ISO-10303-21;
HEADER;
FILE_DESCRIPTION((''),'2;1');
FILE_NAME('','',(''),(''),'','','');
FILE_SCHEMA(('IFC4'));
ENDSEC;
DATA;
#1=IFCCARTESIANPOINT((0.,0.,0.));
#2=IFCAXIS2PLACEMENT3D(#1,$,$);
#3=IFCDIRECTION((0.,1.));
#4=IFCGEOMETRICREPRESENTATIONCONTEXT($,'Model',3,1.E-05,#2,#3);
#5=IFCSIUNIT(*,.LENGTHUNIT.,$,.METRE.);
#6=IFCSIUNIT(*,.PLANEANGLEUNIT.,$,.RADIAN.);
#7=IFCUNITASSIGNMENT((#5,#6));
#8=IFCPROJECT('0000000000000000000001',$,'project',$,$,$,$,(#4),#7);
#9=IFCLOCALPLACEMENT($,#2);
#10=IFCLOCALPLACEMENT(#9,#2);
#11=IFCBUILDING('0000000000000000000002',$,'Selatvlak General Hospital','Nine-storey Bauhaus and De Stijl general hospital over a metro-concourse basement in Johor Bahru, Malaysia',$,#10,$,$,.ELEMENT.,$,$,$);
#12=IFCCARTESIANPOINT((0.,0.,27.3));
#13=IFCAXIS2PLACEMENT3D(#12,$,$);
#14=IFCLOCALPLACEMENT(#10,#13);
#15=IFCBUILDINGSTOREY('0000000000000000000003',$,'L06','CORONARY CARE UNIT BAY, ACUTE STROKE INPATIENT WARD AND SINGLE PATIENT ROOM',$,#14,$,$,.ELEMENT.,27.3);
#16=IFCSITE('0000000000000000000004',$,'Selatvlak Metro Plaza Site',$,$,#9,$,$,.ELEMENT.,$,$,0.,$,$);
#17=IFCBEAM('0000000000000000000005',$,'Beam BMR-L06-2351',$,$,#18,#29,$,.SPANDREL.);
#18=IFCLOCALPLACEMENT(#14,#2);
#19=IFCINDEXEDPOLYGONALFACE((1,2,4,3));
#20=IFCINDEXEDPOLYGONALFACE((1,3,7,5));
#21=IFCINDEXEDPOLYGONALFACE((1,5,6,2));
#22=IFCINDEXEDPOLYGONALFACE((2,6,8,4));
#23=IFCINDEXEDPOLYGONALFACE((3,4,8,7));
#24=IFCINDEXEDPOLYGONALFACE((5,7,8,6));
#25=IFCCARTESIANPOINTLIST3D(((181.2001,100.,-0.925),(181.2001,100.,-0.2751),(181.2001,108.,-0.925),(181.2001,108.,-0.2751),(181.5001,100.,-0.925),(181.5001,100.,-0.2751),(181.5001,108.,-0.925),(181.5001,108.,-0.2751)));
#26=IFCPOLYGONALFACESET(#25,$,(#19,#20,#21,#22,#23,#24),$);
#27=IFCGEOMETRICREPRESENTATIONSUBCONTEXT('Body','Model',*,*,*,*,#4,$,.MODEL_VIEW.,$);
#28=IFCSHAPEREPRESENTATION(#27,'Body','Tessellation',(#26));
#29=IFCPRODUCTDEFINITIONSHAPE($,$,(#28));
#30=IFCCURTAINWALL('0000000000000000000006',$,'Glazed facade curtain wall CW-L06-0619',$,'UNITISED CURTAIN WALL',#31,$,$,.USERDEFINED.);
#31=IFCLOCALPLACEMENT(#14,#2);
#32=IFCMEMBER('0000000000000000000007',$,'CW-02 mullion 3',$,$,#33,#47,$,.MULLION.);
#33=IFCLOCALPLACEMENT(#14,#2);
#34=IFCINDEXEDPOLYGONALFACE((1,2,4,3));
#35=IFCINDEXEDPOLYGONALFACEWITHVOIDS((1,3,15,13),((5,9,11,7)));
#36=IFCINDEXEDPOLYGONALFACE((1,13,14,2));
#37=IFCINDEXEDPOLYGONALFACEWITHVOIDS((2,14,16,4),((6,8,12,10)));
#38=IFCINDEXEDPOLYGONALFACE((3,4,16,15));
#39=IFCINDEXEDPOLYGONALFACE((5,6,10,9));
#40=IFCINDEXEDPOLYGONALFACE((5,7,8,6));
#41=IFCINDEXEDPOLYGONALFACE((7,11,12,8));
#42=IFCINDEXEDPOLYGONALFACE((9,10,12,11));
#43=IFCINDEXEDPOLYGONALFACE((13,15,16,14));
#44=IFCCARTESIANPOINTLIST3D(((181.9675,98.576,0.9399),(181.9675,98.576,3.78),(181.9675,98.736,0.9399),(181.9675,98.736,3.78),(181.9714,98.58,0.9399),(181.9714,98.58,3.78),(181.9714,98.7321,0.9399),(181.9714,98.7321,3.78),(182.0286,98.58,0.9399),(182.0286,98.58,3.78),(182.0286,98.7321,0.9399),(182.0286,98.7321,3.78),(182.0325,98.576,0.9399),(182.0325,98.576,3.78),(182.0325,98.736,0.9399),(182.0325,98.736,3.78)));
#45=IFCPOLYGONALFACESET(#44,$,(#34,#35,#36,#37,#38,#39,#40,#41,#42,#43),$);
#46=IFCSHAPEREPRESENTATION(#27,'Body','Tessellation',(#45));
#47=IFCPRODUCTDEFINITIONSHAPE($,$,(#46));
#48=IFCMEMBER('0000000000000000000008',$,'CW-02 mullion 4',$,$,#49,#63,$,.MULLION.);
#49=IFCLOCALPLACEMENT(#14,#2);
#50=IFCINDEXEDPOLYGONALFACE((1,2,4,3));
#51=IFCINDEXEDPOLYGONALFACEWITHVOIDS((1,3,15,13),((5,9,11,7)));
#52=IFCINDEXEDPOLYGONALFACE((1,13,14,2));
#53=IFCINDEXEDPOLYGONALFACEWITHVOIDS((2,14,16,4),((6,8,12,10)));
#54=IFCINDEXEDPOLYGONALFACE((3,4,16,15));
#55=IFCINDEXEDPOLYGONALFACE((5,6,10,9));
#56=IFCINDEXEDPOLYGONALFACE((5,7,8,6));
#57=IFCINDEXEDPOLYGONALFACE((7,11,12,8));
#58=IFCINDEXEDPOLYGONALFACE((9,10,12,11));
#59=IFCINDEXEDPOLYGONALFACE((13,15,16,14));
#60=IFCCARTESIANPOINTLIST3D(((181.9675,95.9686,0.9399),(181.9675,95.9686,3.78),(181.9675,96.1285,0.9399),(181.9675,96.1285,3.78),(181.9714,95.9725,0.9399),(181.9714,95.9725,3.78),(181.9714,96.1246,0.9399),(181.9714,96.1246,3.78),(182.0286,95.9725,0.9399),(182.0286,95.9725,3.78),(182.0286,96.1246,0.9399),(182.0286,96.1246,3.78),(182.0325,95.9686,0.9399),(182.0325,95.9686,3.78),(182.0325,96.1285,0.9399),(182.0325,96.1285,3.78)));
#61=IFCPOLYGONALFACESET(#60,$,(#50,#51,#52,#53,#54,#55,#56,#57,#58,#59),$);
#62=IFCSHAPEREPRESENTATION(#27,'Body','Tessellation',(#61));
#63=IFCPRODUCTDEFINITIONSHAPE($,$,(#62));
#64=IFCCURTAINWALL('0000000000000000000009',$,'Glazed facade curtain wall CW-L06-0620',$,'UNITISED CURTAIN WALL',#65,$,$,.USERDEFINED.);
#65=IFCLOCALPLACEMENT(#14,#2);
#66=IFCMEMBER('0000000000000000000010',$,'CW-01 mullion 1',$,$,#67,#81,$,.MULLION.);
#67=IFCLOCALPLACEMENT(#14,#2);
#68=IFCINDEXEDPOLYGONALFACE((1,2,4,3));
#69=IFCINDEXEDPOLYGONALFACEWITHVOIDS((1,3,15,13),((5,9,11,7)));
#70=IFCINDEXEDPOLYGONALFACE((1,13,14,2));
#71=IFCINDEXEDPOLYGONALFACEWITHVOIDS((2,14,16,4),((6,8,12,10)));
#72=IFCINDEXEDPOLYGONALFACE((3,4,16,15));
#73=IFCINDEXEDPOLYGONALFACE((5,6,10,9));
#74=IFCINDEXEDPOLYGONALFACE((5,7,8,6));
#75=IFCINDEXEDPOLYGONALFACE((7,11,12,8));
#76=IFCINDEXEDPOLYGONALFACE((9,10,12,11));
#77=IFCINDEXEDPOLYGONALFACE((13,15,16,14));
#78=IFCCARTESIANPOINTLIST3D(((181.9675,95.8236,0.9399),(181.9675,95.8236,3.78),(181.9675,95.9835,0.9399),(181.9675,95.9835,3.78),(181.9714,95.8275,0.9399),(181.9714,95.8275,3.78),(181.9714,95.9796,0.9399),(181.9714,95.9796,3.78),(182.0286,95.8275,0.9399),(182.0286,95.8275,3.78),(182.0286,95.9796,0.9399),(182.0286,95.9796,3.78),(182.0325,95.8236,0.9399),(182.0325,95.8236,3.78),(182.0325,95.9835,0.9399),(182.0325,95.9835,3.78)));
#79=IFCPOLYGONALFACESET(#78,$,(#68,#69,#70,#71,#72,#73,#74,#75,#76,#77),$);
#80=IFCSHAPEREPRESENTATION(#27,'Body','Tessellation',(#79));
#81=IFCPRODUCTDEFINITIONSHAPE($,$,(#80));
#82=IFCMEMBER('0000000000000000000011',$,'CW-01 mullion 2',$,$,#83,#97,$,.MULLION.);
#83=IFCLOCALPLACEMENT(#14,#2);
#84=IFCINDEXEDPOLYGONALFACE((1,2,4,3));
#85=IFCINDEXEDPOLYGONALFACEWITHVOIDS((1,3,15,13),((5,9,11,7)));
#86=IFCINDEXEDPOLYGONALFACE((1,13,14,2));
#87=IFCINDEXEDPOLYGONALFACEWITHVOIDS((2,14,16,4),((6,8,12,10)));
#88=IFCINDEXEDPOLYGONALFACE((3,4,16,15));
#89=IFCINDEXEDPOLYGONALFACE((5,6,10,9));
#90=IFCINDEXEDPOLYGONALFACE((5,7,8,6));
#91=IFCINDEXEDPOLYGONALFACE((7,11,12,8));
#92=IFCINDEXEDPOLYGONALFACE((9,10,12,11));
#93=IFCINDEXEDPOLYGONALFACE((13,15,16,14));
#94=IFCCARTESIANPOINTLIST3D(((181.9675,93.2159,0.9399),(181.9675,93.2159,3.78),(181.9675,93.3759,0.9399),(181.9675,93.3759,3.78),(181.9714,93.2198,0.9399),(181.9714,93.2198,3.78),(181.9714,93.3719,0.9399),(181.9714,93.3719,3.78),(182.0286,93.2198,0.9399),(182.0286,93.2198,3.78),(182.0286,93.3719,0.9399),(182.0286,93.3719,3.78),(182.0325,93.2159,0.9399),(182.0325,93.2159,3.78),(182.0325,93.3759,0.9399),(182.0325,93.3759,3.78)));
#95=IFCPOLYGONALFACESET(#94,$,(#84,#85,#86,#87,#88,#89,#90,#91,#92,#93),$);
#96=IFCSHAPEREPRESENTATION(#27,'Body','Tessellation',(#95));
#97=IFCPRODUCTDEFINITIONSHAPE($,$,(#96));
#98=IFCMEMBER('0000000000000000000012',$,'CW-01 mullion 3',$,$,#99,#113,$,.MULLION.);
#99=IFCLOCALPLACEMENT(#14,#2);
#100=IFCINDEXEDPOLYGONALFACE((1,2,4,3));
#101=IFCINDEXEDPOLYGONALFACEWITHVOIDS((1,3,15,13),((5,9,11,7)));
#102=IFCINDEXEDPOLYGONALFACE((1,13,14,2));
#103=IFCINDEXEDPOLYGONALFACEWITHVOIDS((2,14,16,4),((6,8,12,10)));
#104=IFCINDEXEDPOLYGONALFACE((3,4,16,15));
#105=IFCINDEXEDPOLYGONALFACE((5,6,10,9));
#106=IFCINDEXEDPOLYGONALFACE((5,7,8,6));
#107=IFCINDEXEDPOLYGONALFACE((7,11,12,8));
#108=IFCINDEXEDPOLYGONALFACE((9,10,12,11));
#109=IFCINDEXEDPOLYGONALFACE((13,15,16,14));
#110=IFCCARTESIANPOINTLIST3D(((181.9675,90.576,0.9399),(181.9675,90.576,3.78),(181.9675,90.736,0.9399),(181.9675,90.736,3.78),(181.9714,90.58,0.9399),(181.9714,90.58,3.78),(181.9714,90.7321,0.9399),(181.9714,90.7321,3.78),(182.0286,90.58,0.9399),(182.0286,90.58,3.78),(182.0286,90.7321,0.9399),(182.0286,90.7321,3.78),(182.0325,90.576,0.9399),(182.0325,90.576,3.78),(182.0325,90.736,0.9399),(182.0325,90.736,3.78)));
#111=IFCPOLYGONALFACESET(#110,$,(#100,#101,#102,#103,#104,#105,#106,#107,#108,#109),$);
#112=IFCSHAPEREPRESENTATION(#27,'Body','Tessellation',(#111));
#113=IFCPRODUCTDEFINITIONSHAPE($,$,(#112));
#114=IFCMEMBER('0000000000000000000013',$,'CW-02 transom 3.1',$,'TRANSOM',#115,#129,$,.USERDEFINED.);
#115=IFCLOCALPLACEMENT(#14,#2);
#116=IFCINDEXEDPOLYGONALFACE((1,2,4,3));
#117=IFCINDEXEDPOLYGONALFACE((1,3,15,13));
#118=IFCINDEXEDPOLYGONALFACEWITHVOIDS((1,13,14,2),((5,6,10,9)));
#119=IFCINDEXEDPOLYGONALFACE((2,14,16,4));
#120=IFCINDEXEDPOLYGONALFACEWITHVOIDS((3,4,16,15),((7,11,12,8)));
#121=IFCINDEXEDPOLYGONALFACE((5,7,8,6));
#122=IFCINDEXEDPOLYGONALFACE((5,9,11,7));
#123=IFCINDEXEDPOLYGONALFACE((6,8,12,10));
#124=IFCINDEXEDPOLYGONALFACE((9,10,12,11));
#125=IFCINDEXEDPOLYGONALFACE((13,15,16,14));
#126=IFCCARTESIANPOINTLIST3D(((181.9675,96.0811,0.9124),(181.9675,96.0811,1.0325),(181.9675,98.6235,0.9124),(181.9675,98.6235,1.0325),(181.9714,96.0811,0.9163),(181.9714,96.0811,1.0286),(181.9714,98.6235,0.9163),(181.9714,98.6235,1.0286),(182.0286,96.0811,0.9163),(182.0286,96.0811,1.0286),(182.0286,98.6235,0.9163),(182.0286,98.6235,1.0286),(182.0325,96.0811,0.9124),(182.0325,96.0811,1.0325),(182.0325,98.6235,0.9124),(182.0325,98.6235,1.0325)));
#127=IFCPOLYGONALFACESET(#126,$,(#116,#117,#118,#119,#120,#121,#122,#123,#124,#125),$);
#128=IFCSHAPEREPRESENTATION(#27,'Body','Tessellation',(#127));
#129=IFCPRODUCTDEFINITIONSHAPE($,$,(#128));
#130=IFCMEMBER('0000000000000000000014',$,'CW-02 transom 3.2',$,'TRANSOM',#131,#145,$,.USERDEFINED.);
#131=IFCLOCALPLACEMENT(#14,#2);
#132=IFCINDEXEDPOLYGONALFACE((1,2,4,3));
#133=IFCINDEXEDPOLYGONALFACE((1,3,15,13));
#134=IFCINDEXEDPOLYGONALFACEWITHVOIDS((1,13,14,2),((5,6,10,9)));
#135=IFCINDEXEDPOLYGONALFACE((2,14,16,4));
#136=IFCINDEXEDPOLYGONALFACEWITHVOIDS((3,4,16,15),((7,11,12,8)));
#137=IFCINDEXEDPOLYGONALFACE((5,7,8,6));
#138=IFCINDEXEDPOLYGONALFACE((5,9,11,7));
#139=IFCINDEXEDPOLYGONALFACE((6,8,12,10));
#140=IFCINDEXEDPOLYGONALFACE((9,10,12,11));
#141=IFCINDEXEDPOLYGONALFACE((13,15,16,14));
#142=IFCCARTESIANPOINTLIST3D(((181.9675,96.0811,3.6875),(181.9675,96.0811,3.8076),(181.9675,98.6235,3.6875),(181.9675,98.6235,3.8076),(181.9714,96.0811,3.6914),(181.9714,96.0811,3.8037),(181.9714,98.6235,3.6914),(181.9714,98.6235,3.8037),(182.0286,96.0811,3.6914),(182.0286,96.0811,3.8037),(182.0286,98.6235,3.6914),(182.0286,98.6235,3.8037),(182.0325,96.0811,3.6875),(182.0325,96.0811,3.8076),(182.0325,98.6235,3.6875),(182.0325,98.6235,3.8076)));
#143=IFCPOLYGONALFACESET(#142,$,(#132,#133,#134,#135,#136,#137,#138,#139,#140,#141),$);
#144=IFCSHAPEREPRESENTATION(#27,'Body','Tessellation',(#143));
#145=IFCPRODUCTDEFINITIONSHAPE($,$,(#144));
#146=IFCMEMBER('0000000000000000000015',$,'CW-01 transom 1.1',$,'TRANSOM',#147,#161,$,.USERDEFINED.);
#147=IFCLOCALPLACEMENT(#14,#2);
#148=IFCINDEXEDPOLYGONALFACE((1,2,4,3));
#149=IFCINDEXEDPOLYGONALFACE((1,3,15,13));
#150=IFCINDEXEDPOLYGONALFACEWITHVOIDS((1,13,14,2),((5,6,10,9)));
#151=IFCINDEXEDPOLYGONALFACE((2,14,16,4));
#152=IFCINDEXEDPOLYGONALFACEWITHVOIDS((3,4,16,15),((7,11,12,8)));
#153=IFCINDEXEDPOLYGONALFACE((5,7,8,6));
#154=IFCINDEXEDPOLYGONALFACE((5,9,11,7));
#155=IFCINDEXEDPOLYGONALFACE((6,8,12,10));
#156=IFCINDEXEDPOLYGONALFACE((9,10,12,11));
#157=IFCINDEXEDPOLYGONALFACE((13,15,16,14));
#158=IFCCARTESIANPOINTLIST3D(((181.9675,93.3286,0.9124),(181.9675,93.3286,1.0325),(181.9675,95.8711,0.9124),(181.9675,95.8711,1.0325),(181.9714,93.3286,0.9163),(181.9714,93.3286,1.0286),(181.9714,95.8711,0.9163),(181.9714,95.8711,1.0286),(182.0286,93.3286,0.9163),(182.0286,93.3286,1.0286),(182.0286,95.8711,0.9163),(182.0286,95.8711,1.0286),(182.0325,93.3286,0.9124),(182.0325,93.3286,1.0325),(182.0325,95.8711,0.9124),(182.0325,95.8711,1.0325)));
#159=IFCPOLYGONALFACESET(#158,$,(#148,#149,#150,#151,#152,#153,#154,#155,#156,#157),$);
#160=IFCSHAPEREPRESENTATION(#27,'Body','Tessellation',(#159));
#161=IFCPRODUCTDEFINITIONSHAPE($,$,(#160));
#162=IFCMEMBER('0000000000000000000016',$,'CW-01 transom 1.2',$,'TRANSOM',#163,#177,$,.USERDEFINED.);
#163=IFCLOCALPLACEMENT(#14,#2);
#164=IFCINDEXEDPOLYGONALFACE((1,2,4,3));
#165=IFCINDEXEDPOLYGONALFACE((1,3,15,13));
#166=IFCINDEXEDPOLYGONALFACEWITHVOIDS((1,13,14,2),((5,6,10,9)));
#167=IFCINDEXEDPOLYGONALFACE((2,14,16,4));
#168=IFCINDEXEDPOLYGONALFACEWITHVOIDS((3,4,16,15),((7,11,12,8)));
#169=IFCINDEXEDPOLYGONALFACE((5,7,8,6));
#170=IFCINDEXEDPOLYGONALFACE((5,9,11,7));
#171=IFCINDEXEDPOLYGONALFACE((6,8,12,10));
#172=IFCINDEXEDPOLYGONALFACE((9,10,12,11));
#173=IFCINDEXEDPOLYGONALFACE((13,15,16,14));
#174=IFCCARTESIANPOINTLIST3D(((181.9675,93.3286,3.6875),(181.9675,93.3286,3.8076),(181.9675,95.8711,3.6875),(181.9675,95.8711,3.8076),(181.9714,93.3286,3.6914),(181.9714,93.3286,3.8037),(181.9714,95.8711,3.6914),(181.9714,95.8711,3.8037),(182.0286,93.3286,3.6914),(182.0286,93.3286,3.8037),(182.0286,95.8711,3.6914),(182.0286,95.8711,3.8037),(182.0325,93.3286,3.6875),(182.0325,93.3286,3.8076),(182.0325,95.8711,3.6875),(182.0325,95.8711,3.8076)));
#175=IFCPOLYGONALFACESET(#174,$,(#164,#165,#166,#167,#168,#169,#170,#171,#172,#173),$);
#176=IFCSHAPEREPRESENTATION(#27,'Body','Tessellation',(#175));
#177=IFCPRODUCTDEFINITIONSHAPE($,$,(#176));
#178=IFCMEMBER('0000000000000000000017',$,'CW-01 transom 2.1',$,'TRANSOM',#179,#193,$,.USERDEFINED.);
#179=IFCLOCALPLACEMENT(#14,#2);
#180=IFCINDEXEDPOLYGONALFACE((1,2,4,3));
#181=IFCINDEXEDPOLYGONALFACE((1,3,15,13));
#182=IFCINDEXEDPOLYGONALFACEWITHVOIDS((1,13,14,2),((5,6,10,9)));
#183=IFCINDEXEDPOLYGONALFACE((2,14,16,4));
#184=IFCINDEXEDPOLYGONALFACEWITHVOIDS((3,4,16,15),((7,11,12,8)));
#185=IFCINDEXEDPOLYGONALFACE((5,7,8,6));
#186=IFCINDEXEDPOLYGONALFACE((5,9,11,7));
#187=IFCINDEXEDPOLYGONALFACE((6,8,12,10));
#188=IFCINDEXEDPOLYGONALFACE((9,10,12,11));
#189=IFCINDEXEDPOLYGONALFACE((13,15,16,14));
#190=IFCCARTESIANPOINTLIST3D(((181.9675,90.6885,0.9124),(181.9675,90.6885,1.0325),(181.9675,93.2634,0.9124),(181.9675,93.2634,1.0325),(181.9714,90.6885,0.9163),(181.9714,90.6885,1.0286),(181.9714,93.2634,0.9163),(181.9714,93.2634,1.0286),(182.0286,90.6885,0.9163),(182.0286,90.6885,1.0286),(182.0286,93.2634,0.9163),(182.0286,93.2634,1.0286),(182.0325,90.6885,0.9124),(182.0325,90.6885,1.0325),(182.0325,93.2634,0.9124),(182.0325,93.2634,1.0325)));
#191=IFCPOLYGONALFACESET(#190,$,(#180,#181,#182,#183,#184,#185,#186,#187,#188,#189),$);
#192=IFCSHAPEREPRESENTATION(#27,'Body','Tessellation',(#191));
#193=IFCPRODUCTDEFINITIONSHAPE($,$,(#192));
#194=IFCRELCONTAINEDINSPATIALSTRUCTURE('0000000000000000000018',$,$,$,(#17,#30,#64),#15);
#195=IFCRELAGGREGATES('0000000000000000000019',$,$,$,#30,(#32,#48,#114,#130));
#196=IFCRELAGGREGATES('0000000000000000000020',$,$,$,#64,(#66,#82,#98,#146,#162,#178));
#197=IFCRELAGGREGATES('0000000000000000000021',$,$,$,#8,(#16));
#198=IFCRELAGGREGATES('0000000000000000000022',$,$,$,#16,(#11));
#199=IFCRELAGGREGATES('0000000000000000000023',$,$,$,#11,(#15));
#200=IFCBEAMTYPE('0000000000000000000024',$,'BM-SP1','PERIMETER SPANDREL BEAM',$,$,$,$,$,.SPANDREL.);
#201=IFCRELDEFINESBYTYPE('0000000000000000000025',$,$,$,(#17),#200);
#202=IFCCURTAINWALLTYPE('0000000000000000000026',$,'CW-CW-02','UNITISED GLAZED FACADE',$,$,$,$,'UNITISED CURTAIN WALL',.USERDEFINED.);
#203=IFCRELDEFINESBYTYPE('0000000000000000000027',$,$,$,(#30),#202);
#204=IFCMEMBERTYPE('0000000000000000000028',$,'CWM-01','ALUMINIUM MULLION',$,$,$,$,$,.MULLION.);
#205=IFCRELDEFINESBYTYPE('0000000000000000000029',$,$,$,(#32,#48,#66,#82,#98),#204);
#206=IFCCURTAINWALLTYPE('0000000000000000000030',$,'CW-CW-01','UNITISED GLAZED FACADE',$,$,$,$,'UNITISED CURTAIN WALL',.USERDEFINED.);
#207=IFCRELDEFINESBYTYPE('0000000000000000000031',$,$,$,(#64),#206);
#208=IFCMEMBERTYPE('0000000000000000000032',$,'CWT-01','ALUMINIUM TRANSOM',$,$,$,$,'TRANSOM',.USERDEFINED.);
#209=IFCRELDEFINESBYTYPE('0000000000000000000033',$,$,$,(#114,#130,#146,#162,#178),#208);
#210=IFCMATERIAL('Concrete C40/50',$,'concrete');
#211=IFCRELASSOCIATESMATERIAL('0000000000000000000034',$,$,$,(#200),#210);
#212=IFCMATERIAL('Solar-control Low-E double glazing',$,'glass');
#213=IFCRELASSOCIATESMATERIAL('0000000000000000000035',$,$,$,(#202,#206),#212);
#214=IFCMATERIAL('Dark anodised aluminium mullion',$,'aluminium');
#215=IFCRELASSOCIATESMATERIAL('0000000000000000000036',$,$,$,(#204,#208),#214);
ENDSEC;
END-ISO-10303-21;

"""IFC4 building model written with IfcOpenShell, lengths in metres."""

from ifc_helpers import new_model, si_unit, direction, frame, origin, origin_2d, place, context, subcontext, project, spatial, rectangle, hollow_rectangle, extrude, material, material_profile, profile_set, type_object, element, aggregate, save


model = new_model("IFC4")

# Units and contexts
model_context = context("Model", 3, precision=1e-05, world=origin(), true_north=direction((0.0, 1.0)))
body_context = subcontext(model_context, "Body", "Model", "MODEL_VIEW")
ifc_project = project(units=[si_unit("LENGTHUNIT", "METRE"), si_unit("PLANEANGLEUNIT", "RADIAN")], contexts=[model_context])

# Site, building, storey
site_placement = place(None, origin())
site = spatial("IfcSite", under=ifc_project, at=site_placement, Name="Selatvlak Metro Plaza Site", CompositionType="ELEMENT", RefElevation=0.0)
building_placement = place(site_placement, origin())
building = spatial("IfcBuilding", under=site, at=building_placement, Name="Selatvlak General Hospital", Description="Nine-storey Bauhaus and De Stijl general hospital over a metro-concourse basement in Johor Bahru, Malaysia", CompositionType="ELEMENT")
storey_placement = place(building_placement, frame((0.0, 0.0, 27.3)))
storey = spatial("IfcBuildingStorey", under=building, at=storey_placement, Name="L06", Description="CORONARY CARE UNIT BAY, ACUTE STROKE INPATIENT WARD AND SINGLE PATIENT ROOM", CompositionType="ELEMENT", Elevation=27.3)

# Beam
ifc_material_1 = material(Name="Concrete C40/50", Category="concrete")
ifc_material_profile_1 = material_profile(ifc_material_1, rectangle(XDim=0.3, YDim=0.6499, at=origin_2d()), Name="RC-SP 300x650")
ifc_profile_set_1 = profile_set([ifc_material_profile_1], Name="Concrete C40/50")
beam_type = type_object("IfcBeamType", Name="BM-SP1", Description="PERIMETER SPANDREL BEAM", PredefinedType="SPANDREL", material=ifc_profile_set_1)
beam_placement = place(storey_placement, frame((181.3501, 100.0, -0.6001), z_axis=(0.0, 1.0, 0.0), x_axis=(-1.0, 0.0, 0.0)))
element("IfcBeam", 1, at=beam_placement, inside=storey, type_object=beam_type, Name="Beam BMR-L06-2351", PredefinedType="SPANDREL", context=body_context, shape_type="SweptSolid", body=[
    extrude(rectangle(XDim=0.3, YDim=0.6499, at=origin_2d()), origin(), (0.0, 0.0, 1.0), 8.0),
])

# Curtain walls, members
ifc_material_2 = material(Name="Solar-control Low-E double glazing", Category="glass")
curtain_wall_type_1 = type_object("IfcCurtainWallType", Name="CW-CW-02", Description="UNITISED GLAZED FACADE", ElementType="UNITISED CURTAIN WALL", PredefinedType="USERDEFINED", material=ifc_material_2)
curtain_wall_1_placement = place(storey_placement, origin())
curtain_wall_1 = element("IfcCurtainWall", 2, at=curtain_wall_1_placement, inside=storey, type_object=curtain_wall_type_1, Name="Glazed facade curtain wall CW-L06-0619", ObjectType="UNITISED CURTAIN WALL", PredefinedType="USERDEFINED")
ifc_material_3 = material(Name="Dark anodised aluminium mullion", Category="aluminium")
ifc_material_profile_2 = material_profile(ifc_material_3, hollow_rectangle(XDim=0.0649, YDim=0.1599, WallThickness=0.0039, at=origin_2d()), Name="AL-MUL 65x160x4")
ifc_profile_set_2 = profile_set([ifc_material_profile_2], Name="Dark anodised aluminium mullion")
member_type_1 = type_object("IfcMemberType", Name="CWM-01", Description="ALUMINIUM MULLION", PredefinedType="MULLION", material=ifc_profile_set_2)
member_1_placement = place(storey_placement, frame((182.0, 98.656, 0.9399), z_axis=(0.0, 0.0, 1.0), x_axis=(1.0, 0.0, 0.0)))
member_1 = element("IfcMember", 3, at=member_1_placement, type_object=member_type_1, Name="CW-02 mullion 3", PredefinedType="MULLION", context=body_context, shape_type="SweptSolid", body=[
    extrude(hollow_rectangle(XDim=0.0649, YDim=0.1599, WallThickness=0.0039, at=origin_2d()), origin(), (0.0, 0.0, 1.0), 2.8401),
])
member_2_placement = place(storey_placement, frame((182.0, 96.0486, 0.9399), z_axis=(0.0, 0.0, 1.0), x_axis=(1.0, 0.0, 0.0)))
member_2 = element("IfcMember", 4, at=member_2_placement, type_object=member_type_1, Name="CW-02 mullion 4", PredefinedType="MULLION", context=body_context, shape_type="SweptSolid", body=[
    extrude(hollow_rectangle(XDim=0.0649, YDim=0.1599, WallThickness=0.0039, at=origin_2d()), origin(), (0.0, 0.0, 1.0), 2.8401),
])
curtain_wall_type_2 = type_object("IfcCurtainWallType", Name="CW-CW-01", Description="UNITISED GLAZED FACADE", ElementType="UNITISED CURTAIN WALL", PredefinedType="USERDEFINED", material=ifc_material_2)
curtain_wall_2_placement = place(storey_placement, origin())
curtain_wall_2 = element("IfcCurtainWall", 5, at=curtain_wall_2_placement, inside=storey, type_object=curtain_wall_type_2, Name="Glazed facade curtain wall CW-L06-0620", ObjectType="UNITISED CURTAIN WALL", PredefinedType="USERDEFINED")
member_3_placement = place(storey_placement, frame((182.0, 95.9036, 0.9399), z_axis=(0.0, 0.0, 1.0), x_axis=(1.0, 0.0, 0.0)))
member_3 = element("IfcMember", 6, at=member_3_placement, type_object=member_type_1, Name="CW-01 mullion 1", PredefinedType="MULLION", context=body_context, shape_type="SweptSolid", body=[
    extrude(hollow_rectangle(XDim=0.0649, YDim=0.1599, WallThickness=0.0039, at=origin_2d()), origin(), (0.0, 0.0, 1.0), 2.8401),
])
member_4_placement = place(storey_placement, frame((182.0, 93.2959, 0.9399), z_axis=(0.0, 0.0, 1.0), x_axis=(1.0, 0.0, 0.0)))
member_4 = element("IfcMember", 7, at=member_4_placement, type_object=member_type_1, Name="CW-01 mullion 2", PredefinedType="MULLION", context=body_context, shape_type="SweptSolid", body=[
    extrude(hollow_rectangle(XDim=0.0649, YDim=0.1599, WallThickness=0.0039, at=origin_2d()), origin(), (0.0, 0.0, 1.0), 2.8401),
])
member_5_placement = place(storey_placement, frame((182.0, 90.656, 0.9399), z_axis=(0.0, 0.0, 1.0), x_axis=(1.0, 0.0, 0.0)))
member_5 = element("IfcMember", 8, at=member_5_placement, type_object=member_type_1, Name="CW-01 mullion 3", PredefinedType="MULLION", context=body_context, shape_type="SweptSolid", body=[
    extrude(hollow_rectangle(XDim=0.0649, YDim=0.1599, WallThickness=0.0039, at=origin_2d()), origin(), (0.0, 0.0, 1.0), 2.8401),
])

# Members
ifc_material_profile_3 = material_profile(ifc_material_3, hollow_rectangle(XDim=0.0649, YDim=0.1201, WallThickness=0.0039, at=origin_2d()), Name="AL-TRN 65x120x4")
ifc_profile_set_3 = profile_set([ifc_material_profile_3], Name="Dark anodised aluminium mullion")
member_type_2 = type_object("IfcMemberType", Name="CWT-01", Description="ALUMINIUM TRANSOM", ElementType="TRANSOM", PredefinedType="USERDEFINED", material=ifc_profile_set_3)
member_6_placement = place(storey_placement, frame((182.0, 98.6235, 0.9724), z_axis=(0.0, -1.0, 0.0), x_axis=(1.0, 0.0, 0.0)))
member_6 = element("IfcMember", 9, at=member_6_placement, type_object=member_type_2, Name="CW-02 transom 3.1", ObjectType="TRANSOM", PredefinedType="USERDEFINED", context=body_context, shape_type="SweptSolid", body=[
    extrude(hollow_rectangle(XDim=0.0649, YDim=0.1201, WallThickness=0.0039, at=origin_2d()), origin(), (0.0, 0.0, 1.0), 2.5425),
])
member_7_placement = place(storey_placement, frame((182.0, 98.6235, 3.7476), z_axis=(0.0, -1.0, 0.0), x_axis=(1.0, 0.0, 0.0)))
member_7 = element("IfcMember", 10, at=member_7_placement, type_object=member_type_2, Name="CW-02 transom 3.2", ObjectType="TRANSOM", PredefinedType="USERDEFINED", context=body_context, shape_type="SweptSolid", body=[
    extrude(hollow_rectangle(XDim=0.0649, YDim=0.1201, WallThickness=0.0039, at=origin_2d()), origin(), (0.0, 0.0, 1.0), 2.5425),
])
member_8_placement = place(storey_placement, frame((182.0, 95.8711, 0.9724), z_axis=(0.0, -1.0, 0.0), x_axis=(1.0, 0.0, 0.0)))
member_8 = element("IfcMember", 11, at=member_8_placement, type_object=member_type_2, Name="CW-01 transom 1.1", ObjectType="TRANSOM", PredefinedType="USERDEFINED", context=body_context, shape_type="SweptSolid", body=[
    extrude(hollow_rectangle(XDim=0.0649, YDim=0.1201, WallThickness=0.0039, at=origin_2d()), origin(), (0.0, 0.0, 1.0), 2.5425),
])
member_9_placement = place(storey_placement, frame((182.0, 95.8711, 3.7476), z_axis=(0.0, -1.0, 0.0), x_axis=(1.0, 0.0, 0.0)))
member_9 = element("IfcMember", 12, at=member_9_placement, type_object=member_type_2, Name="CW-01 transom 1.2", ObjectType="TRANSOM", PredefinedType="USERDEFINED", context=body_context, shape_type="SweptSolid", body=[
    extrude(hollow_rectangle(XDim=0.0649, YDim=0.1201, WallThickness=0.0039, at=origin_2d()), origin(), (0.0, 0.0, 1.0), 2.5425),
])
member_10_placement = place(storey_placement, frame((182.0, 93.2634, 0.9724), z_axis=(0.0, -1.0, 0.0), x_axis=(1.0, 0.0, 0.0)))
member_10 = element("IfcMember", 13, at=member_10_placement, type_object=member_type_2, Name="CW-01 transom 2.1", ObjectType="TRANSOM", PredefinedType="USERDEFINED", context=body_context, shape_type="SweptSolid", body=[
    extrude(hollow_rectangle(XDim=0.0649, YDim=0.1201, WallThickness=0.0039, at=origin_2d()), origin(), (0.0, 0.0, 1.0), 2.575),
])

aggregate(curtain_wall_1, [member_1, member_2, member_6, member_7])
aggregate(curtain_wall_2, [member_3, member_4, member_5, member_8, member_9, member_10])

save(model, "model.ifc")
